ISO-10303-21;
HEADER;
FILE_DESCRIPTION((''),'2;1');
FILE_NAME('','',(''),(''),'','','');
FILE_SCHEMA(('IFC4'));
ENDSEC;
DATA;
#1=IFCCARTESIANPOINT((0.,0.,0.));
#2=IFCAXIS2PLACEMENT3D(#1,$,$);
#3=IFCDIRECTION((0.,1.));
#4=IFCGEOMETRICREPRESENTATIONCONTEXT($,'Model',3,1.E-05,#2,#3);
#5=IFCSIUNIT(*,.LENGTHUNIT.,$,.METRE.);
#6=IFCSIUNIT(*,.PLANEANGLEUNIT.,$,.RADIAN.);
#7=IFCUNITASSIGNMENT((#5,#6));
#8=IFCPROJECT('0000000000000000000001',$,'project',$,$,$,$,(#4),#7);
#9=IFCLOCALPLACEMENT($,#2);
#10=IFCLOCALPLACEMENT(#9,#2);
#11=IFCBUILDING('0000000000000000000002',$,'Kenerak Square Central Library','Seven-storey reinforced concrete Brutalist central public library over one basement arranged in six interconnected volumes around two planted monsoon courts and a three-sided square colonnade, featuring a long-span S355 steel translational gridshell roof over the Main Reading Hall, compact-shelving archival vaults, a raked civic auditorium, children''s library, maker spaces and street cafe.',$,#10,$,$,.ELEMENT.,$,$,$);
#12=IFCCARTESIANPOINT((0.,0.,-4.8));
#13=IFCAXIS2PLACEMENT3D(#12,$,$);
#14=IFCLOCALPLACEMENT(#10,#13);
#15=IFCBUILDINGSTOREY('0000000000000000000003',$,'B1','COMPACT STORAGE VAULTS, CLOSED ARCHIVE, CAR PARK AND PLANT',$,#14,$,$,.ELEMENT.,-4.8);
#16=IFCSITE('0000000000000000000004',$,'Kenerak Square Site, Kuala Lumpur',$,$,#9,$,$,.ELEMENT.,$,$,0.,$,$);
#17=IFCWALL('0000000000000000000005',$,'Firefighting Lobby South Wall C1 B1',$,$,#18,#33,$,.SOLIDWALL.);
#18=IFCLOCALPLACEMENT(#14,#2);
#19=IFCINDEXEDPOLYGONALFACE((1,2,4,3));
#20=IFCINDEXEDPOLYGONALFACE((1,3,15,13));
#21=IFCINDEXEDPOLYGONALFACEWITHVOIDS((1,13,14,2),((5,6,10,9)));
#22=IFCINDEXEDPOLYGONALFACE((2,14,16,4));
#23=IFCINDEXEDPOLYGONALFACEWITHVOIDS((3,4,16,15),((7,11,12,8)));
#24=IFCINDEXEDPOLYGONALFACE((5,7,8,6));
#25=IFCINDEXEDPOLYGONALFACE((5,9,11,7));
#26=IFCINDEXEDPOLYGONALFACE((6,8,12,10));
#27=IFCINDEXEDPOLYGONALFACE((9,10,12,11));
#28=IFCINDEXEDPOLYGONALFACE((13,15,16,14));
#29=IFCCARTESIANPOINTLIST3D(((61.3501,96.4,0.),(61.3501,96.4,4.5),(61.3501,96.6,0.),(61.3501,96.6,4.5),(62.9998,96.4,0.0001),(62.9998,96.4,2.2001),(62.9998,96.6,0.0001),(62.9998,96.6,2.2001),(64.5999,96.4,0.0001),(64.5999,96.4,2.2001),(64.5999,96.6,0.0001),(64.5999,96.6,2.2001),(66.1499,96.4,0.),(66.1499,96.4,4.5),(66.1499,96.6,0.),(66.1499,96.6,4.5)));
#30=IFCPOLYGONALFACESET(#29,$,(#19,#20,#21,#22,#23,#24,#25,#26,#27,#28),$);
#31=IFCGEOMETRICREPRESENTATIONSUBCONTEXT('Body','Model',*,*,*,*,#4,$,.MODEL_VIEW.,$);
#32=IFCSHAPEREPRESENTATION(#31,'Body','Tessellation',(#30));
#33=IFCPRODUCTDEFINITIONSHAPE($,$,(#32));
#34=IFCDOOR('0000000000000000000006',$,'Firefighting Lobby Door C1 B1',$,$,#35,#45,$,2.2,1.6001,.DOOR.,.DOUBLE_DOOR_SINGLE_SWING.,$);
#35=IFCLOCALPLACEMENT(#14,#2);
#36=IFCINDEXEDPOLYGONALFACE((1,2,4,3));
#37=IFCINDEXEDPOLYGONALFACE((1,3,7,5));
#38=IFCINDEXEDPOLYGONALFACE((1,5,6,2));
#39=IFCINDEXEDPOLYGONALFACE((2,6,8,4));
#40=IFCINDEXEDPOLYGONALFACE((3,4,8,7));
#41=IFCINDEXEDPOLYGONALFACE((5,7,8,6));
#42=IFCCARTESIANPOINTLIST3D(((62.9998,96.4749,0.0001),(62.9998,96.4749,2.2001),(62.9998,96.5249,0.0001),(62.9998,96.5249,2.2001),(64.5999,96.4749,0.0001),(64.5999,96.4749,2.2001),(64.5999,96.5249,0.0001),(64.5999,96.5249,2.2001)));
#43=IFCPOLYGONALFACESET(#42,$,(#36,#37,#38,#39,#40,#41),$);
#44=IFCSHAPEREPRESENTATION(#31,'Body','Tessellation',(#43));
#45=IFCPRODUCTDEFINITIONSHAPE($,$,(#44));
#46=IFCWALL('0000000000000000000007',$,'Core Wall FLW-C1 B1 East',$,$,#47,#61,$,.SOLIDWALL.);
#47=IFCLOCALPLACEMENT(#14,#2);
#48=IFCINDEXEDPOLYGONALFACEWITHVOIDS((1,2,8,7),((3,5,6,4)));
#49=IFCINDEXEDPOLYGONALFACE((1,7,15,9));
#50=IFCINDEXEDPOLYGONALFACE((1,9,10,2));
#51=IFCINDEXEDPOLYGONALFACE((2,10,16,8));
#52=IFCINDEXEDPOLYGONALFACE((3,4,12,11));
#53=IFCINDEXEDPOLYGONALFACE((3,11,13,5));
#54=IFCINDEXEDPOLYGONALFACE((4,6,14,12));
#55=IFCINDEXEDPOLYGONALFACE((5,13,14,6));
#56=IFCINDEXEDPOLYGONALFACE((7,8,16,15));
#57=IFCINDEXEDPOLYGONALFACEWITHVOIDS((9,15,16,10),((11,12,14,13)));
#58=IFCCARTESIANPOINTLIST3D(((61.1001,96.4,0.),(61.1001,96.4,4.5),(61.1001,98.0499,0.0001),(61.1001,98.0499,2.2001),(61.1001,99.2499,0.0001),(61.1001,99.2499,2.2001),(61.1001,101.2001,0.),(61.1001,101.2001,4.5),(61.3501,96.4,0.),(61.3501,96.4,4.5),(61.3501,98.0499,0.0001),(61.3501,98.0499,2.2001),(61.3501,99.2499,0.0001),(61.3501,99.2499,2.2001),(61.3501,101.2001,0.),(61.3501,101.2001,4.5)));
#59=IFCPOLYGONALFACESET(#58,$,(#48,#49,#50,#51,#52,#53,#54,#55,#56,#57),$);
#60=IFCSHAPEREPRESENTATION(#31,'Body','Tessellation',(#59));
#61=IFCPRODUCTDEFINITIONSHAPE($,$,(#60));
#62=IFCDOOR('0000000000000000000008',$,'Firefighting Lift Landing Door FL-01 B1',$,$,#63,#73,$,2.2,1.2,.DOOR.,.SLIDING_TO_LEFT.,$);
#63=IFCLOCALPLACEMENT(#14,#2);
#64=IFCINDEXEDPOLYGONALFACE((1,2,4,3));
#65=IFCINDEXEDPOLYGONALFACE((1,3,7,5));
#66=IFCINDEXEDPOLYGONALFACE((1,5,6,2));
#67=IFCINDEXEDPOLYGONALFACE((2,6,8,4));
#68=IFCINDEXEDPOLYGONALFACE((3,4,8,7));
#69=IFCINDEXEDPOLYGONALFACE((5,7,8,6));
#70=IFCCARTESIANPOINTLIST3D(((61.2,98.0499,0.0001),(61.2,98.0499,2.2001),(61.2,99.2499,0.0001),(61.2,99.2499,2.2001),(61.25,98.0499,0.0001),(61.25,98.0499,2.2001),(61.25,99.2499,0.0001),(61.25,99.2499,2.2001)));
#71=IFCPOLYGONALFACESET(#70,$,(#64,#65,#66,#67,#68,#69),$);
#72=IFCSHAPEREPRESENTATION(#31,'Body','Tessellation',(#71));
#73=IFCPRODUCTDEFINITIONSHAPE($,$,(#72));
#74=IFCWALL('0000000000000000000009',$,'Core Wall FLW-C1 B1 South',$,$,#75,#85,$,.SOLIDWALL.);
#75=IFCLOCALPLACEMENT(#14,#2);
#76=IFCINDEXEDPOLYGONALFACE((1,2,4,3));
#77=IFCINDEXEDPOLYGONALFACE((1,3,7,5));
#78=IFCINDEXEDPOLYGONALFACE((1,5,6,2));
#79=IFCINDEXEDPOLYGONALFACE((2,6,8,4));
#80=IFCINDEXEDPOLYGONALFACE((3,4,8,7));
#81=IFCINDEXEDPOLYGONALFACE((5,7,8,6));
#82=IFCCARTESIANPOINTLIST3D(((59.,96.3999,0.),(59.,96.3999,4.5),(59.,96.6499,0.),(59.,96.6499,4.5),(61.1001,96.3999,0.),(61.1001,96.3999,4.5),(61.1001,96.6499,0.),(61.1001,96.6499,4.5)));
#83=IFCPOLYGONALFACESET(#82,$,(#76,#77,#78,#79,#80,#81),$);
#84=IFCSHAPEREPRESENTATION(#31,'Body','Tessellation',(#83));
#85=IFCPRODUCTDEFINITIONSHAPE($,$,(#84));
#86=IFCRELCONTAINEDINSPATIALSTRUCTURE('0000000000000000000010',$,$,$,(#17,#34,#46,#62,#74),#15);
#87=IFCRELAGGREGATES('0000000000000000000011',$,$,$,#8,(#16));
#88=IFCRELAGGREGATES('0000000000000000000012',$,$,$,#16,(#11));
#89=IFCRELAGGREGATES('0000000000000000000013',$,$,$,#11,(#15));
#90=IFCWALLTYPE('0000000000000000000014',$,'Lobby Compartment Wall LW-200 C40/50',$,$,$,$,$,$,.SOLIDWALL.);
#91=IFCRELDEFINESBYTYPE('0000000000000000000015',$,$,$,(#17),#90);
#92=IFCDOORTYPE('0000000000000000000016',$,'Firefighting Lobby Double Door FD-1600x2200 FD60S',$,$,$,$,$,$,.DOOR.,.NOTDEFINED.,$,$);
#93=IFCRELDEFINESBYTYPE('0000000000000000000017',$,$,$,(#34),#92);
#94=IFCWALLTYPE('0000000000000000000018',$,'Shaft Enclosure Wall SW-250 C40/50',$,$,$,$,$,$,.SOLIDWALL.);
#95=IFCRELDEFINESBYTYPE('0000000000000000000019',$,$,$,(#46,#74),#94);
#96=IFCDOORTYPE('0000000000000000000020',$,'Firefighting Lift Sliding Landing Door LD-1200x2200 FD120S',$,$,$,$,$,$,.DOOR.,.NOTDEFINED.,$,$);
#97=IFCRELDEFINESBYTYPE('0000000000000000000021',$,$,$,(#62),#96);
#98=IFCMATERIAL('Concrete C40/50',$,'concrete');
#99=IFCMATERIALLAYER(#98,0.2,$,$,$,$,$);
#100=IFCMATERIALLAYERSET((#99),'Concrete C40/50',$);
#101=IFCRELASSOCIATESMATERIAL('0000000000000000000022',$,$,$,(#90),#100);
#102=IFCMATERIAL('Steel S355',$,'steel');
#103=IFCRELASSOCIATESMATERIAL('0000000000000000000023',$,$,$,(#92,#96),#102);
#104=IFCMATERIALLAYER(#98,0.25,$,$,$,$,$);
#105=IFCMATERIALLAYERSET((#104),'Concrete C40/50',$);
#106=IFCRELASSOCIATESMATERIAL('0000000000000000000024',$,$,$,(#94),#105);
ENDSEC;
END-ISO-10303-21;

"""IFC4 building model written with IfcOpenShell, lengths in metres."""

from ifc_helpers import new_model, si_unit, direction, frame, frame_2d, origin, place, context, subcontext, project, spatial, rectangle, extrude, material, layer, layer_set, type_object, element, fill, save


model = new_model("IFC4")

# Units and contexts
model_context = context("Model", 3, precision=1e-05, world=origin(), true_north=direction((0.0, 1.0)))
body_context = subcontext(model_context, "Body", "Model", "MODEL_VIEW")
ifc_project = project(units=[si_unit("LENGTHUNIT", "METRE"), si_unit("PLANEANGLEUNIT", "RADIAN")], contexts=[model_context])

# Site, building, storey
site_placement = place(None, origin())
site = spatial("IfcSite", under=ifc_project, at=site_placement, Name="Kenerak Square Site, Kuala Lumpur", CompositionType="ELEMENT", RefElevation=0.0)
building_placement = place(site_placement, origin())
building = spatial("IfcBuilding", under=site, at=building_placement, Name="Kenerak Square Central Library", Description="Seven-storey reinforced concrete Brutalist central public library over one basement arranged in six interconnected volumes around two planted monsoon courts and a three-sided square colonnade, featuring a long-span S355 steel translational gridshell roof over the Main Reading Hall, compact-shelving archival vaults, a raked civic auditorium, children's library, maker spaces and street cafe.", CompositionType="ELEMENT")
storey_placement = place(building_placement, frame((0.0, 0.0, -4.8)))
storey = spatial("IfcBuildingStorey", under=building, at=storey_placement, Name="B1", Description="COMPACT STORAGE VAULTS, CLOSED ARCHIVE, CAR PARK AND PLANT", CompositionType="ELEMENT", Elevation=-4.8)

# Shared definitions
ifc_material_1 = material(Name="Concrete C40/50", Category="concrete")

# Shared definitions
ifc_material_2 = material(Name="Steel S355", Category="steel")

# Shared definitions
ifc_layer_1 = layer(ifc_material_1, 0.2)
ifc_layer_set_1 = layer_set([ifc_layer_1], Name="Concrete C40/50")
wall_type_1 = type_object("IfcWallType", Name="Lobby Compartment Wall LW-200 C40/50", PredefinedType="SOLIDWALL", material=ifc_layer_set_1)

# Walls, openings, doors
wall_1_placement = place(storey_placement, frame((66.1499, 96.5, 0.0), z_axis=(0.0, 0.0, 1.0), x_axis=(-1.0, 0.0, 0.0)))
wall_1 = element("IfcWall", 1, at=wall_1_placement, inside=storey, type_object=wall_type_1, Name="Firefighting Lobby South Wall C1 B1", PredefinedType="SOLIDWALL", context=body_context, shape_type="SweptSolid", body=[
    extrude(rectangle(XDim=4.7998, YDim=0.2, at=frame_2d((2.3999, 0.0))), origin(), (0.0, 0.0, 1.0), 4.5),
])
opening_1_placement = place(wall_1_placement, frame((1.55, 0.0, 0.0)))
opening_1 = element("IfcOpeningElement", 2, at=opening_1_placement, cuts=wall_1, PredefinedType="OPENING", context=body_context, shape_type="SweptSolid", body=[
    extrude(rectangle(XDim=1.6001, YDim=2.2, at=frame_2d((0.8, 1.1001))), frame((0.0, 0.1099, 0.0), z_axis=(0.0, -1.0, 0.0), x_axis=(1.0, 0.0, 0.0)), (0.0, 0.0, 1.0), 0.22),
])
door_type_1 = type_object("IfcDoorType", Name="Firefighting Lobby Double Door FD-1600x2200 FD60S", OperationType="NOTDEFINED", PredefinedType="DOOR", material=ifc_material_2)
door_1_placement = place(opening_1_placement, frame((1.6001, 0.0, 0.0), z_axis=(0.0, 0.0, 1.0), x_axis=(-1.0, 0.0, 0.0)))
door_1 = element("IfcDoor", 3, at=door_1_placement, inside=storey, type_object=door_type_1, Name="Firefighting Lobby Door C1 B1", OperationType="DOUBLE_DOOR_SINGLE_SWING", OverallHeight=2.2, OverallWidth=1.6001, PredefinedType="DOOR", context=body_context, shape_type="SweptSolid", body=[
    extrude(rectangle(XDim=1.6001, YDim=2.2, at=frame_2d((0.8, 1.1001))), frame((0.0, 0.0249, 0.0), z_axis=(0.0, -1.0, 0.0), x_axis=(1.0, 0.0, 0.0)), (0.0, 0.0, 1.0), 0.05),
])
fill(opening_1, door_1)
ifc_layer_2 = layer(ifc_material_1, 0.25)
ifc_layer_set_2 = layer_set([ifc_layer_2], Name="Concrete C40/50")
wall_type_2 = type_object("IfcWallType", Name="Shaft Enclosure Wall SW-250 C40/50", PredefinedType="SOLIDWALL", material=ifc_layer_set_2)
wall_2_placement = place(storey_placement, frame((61.2251, 101.2, 0.0), z_axis=(0.0, 0.0, 1.0), x_axis=(0.0, -1.0, 0.0)))
wall_2 = element("IfcWall", 4, at=wall_2_placement, inside=storey, type_object=wall_type_2, Name="Core Wall FLW-C1 B1 East", PredefinedType="SOLIDWALL", context=body_context, shape_type="SweptSolid", body=[
    extrude(rectangle(XDim=4.8, YDim=0.25, at=frame_2d((2.3999, 0.0))), origin(), (0.0, 0.0, 1.0), 4.5),
])
opening_2_placement = place(wall_2_placement, frame((1.95, 0.0, 0.0)))
opening_2 = element("IfcOpeningElement", 5, at=opening_2_placement, cuts=wall_2, PredefinedType="OPENING", context=body_context, shape_type="SweptSolid", body=[
    extrude(rectangle(XDim=1.2, YDim=2.2, at=frame_2d((0.6001, 1.1001))), frame((0.0, 0.135, 0.0), z_axis=(0.0, -1.0, 0.0), x_axis=(1.0, 0.0, 0.0)), (0.0, 0.0, 1.0), 0.27),
])
door_type_2 = type_object("IfcDoorType", Name="Firefighting Lift Sliding Landing Door LD-1200x2200 FD120S", OperationType="NOTDEFINED", PredefinedType="DOOR", material=ifc_material_2)
door_2_placement = place(opening_2_placement, origin())
door_2 = element("IfcDoor", 6, at=door_2_placement, inside=storey, type_object=door_type_2, Name="Firefighting Lift Landing Door FL-01 B1", OperationType="SLIDING_TO_LEFT", OverallHeight=2.2, OverallWidth=1.2, PredefinedType="DOOR", context=body_context, shape_type="SweptSolid", body=[
    extrude(rectangle(XDim=1.2, YDim=2.2, at=frame_2d((0.6001, 1.1001))), frame((0.0, 0.0249, 0.0), z_axis=(0.0, -1.0, 0.0), x_axis=(1.0, 0.0, 0.0)), (0.0, 0.0, 1.0), 0.05),
])
fill(opening_2, door_2)

# Wall
wall_3_placement = place(storey_placement, frame((61.1001, 96.5249, 0.0), z_axis=(0.0, 0.0, 1.0), x_axis=(-1.0, 0.0, 0.0)))
element("IfcWall", 7, at=wall_3_placement, inside=storey, type_object=wall_type_2, Name="Core Wall FLW-C1 B1 South", PredefinedType="SOLIDWALL", context=body_context, shape_type="SweptSolid", body=[
    extrude(rectangle(XDim=2.1001, YDim=0.25, at=frame_2d((1.05, 0.0))), origin(), (0.0, 0.0, 1.0), 4.5),
])

save(model, "model.ifc")
